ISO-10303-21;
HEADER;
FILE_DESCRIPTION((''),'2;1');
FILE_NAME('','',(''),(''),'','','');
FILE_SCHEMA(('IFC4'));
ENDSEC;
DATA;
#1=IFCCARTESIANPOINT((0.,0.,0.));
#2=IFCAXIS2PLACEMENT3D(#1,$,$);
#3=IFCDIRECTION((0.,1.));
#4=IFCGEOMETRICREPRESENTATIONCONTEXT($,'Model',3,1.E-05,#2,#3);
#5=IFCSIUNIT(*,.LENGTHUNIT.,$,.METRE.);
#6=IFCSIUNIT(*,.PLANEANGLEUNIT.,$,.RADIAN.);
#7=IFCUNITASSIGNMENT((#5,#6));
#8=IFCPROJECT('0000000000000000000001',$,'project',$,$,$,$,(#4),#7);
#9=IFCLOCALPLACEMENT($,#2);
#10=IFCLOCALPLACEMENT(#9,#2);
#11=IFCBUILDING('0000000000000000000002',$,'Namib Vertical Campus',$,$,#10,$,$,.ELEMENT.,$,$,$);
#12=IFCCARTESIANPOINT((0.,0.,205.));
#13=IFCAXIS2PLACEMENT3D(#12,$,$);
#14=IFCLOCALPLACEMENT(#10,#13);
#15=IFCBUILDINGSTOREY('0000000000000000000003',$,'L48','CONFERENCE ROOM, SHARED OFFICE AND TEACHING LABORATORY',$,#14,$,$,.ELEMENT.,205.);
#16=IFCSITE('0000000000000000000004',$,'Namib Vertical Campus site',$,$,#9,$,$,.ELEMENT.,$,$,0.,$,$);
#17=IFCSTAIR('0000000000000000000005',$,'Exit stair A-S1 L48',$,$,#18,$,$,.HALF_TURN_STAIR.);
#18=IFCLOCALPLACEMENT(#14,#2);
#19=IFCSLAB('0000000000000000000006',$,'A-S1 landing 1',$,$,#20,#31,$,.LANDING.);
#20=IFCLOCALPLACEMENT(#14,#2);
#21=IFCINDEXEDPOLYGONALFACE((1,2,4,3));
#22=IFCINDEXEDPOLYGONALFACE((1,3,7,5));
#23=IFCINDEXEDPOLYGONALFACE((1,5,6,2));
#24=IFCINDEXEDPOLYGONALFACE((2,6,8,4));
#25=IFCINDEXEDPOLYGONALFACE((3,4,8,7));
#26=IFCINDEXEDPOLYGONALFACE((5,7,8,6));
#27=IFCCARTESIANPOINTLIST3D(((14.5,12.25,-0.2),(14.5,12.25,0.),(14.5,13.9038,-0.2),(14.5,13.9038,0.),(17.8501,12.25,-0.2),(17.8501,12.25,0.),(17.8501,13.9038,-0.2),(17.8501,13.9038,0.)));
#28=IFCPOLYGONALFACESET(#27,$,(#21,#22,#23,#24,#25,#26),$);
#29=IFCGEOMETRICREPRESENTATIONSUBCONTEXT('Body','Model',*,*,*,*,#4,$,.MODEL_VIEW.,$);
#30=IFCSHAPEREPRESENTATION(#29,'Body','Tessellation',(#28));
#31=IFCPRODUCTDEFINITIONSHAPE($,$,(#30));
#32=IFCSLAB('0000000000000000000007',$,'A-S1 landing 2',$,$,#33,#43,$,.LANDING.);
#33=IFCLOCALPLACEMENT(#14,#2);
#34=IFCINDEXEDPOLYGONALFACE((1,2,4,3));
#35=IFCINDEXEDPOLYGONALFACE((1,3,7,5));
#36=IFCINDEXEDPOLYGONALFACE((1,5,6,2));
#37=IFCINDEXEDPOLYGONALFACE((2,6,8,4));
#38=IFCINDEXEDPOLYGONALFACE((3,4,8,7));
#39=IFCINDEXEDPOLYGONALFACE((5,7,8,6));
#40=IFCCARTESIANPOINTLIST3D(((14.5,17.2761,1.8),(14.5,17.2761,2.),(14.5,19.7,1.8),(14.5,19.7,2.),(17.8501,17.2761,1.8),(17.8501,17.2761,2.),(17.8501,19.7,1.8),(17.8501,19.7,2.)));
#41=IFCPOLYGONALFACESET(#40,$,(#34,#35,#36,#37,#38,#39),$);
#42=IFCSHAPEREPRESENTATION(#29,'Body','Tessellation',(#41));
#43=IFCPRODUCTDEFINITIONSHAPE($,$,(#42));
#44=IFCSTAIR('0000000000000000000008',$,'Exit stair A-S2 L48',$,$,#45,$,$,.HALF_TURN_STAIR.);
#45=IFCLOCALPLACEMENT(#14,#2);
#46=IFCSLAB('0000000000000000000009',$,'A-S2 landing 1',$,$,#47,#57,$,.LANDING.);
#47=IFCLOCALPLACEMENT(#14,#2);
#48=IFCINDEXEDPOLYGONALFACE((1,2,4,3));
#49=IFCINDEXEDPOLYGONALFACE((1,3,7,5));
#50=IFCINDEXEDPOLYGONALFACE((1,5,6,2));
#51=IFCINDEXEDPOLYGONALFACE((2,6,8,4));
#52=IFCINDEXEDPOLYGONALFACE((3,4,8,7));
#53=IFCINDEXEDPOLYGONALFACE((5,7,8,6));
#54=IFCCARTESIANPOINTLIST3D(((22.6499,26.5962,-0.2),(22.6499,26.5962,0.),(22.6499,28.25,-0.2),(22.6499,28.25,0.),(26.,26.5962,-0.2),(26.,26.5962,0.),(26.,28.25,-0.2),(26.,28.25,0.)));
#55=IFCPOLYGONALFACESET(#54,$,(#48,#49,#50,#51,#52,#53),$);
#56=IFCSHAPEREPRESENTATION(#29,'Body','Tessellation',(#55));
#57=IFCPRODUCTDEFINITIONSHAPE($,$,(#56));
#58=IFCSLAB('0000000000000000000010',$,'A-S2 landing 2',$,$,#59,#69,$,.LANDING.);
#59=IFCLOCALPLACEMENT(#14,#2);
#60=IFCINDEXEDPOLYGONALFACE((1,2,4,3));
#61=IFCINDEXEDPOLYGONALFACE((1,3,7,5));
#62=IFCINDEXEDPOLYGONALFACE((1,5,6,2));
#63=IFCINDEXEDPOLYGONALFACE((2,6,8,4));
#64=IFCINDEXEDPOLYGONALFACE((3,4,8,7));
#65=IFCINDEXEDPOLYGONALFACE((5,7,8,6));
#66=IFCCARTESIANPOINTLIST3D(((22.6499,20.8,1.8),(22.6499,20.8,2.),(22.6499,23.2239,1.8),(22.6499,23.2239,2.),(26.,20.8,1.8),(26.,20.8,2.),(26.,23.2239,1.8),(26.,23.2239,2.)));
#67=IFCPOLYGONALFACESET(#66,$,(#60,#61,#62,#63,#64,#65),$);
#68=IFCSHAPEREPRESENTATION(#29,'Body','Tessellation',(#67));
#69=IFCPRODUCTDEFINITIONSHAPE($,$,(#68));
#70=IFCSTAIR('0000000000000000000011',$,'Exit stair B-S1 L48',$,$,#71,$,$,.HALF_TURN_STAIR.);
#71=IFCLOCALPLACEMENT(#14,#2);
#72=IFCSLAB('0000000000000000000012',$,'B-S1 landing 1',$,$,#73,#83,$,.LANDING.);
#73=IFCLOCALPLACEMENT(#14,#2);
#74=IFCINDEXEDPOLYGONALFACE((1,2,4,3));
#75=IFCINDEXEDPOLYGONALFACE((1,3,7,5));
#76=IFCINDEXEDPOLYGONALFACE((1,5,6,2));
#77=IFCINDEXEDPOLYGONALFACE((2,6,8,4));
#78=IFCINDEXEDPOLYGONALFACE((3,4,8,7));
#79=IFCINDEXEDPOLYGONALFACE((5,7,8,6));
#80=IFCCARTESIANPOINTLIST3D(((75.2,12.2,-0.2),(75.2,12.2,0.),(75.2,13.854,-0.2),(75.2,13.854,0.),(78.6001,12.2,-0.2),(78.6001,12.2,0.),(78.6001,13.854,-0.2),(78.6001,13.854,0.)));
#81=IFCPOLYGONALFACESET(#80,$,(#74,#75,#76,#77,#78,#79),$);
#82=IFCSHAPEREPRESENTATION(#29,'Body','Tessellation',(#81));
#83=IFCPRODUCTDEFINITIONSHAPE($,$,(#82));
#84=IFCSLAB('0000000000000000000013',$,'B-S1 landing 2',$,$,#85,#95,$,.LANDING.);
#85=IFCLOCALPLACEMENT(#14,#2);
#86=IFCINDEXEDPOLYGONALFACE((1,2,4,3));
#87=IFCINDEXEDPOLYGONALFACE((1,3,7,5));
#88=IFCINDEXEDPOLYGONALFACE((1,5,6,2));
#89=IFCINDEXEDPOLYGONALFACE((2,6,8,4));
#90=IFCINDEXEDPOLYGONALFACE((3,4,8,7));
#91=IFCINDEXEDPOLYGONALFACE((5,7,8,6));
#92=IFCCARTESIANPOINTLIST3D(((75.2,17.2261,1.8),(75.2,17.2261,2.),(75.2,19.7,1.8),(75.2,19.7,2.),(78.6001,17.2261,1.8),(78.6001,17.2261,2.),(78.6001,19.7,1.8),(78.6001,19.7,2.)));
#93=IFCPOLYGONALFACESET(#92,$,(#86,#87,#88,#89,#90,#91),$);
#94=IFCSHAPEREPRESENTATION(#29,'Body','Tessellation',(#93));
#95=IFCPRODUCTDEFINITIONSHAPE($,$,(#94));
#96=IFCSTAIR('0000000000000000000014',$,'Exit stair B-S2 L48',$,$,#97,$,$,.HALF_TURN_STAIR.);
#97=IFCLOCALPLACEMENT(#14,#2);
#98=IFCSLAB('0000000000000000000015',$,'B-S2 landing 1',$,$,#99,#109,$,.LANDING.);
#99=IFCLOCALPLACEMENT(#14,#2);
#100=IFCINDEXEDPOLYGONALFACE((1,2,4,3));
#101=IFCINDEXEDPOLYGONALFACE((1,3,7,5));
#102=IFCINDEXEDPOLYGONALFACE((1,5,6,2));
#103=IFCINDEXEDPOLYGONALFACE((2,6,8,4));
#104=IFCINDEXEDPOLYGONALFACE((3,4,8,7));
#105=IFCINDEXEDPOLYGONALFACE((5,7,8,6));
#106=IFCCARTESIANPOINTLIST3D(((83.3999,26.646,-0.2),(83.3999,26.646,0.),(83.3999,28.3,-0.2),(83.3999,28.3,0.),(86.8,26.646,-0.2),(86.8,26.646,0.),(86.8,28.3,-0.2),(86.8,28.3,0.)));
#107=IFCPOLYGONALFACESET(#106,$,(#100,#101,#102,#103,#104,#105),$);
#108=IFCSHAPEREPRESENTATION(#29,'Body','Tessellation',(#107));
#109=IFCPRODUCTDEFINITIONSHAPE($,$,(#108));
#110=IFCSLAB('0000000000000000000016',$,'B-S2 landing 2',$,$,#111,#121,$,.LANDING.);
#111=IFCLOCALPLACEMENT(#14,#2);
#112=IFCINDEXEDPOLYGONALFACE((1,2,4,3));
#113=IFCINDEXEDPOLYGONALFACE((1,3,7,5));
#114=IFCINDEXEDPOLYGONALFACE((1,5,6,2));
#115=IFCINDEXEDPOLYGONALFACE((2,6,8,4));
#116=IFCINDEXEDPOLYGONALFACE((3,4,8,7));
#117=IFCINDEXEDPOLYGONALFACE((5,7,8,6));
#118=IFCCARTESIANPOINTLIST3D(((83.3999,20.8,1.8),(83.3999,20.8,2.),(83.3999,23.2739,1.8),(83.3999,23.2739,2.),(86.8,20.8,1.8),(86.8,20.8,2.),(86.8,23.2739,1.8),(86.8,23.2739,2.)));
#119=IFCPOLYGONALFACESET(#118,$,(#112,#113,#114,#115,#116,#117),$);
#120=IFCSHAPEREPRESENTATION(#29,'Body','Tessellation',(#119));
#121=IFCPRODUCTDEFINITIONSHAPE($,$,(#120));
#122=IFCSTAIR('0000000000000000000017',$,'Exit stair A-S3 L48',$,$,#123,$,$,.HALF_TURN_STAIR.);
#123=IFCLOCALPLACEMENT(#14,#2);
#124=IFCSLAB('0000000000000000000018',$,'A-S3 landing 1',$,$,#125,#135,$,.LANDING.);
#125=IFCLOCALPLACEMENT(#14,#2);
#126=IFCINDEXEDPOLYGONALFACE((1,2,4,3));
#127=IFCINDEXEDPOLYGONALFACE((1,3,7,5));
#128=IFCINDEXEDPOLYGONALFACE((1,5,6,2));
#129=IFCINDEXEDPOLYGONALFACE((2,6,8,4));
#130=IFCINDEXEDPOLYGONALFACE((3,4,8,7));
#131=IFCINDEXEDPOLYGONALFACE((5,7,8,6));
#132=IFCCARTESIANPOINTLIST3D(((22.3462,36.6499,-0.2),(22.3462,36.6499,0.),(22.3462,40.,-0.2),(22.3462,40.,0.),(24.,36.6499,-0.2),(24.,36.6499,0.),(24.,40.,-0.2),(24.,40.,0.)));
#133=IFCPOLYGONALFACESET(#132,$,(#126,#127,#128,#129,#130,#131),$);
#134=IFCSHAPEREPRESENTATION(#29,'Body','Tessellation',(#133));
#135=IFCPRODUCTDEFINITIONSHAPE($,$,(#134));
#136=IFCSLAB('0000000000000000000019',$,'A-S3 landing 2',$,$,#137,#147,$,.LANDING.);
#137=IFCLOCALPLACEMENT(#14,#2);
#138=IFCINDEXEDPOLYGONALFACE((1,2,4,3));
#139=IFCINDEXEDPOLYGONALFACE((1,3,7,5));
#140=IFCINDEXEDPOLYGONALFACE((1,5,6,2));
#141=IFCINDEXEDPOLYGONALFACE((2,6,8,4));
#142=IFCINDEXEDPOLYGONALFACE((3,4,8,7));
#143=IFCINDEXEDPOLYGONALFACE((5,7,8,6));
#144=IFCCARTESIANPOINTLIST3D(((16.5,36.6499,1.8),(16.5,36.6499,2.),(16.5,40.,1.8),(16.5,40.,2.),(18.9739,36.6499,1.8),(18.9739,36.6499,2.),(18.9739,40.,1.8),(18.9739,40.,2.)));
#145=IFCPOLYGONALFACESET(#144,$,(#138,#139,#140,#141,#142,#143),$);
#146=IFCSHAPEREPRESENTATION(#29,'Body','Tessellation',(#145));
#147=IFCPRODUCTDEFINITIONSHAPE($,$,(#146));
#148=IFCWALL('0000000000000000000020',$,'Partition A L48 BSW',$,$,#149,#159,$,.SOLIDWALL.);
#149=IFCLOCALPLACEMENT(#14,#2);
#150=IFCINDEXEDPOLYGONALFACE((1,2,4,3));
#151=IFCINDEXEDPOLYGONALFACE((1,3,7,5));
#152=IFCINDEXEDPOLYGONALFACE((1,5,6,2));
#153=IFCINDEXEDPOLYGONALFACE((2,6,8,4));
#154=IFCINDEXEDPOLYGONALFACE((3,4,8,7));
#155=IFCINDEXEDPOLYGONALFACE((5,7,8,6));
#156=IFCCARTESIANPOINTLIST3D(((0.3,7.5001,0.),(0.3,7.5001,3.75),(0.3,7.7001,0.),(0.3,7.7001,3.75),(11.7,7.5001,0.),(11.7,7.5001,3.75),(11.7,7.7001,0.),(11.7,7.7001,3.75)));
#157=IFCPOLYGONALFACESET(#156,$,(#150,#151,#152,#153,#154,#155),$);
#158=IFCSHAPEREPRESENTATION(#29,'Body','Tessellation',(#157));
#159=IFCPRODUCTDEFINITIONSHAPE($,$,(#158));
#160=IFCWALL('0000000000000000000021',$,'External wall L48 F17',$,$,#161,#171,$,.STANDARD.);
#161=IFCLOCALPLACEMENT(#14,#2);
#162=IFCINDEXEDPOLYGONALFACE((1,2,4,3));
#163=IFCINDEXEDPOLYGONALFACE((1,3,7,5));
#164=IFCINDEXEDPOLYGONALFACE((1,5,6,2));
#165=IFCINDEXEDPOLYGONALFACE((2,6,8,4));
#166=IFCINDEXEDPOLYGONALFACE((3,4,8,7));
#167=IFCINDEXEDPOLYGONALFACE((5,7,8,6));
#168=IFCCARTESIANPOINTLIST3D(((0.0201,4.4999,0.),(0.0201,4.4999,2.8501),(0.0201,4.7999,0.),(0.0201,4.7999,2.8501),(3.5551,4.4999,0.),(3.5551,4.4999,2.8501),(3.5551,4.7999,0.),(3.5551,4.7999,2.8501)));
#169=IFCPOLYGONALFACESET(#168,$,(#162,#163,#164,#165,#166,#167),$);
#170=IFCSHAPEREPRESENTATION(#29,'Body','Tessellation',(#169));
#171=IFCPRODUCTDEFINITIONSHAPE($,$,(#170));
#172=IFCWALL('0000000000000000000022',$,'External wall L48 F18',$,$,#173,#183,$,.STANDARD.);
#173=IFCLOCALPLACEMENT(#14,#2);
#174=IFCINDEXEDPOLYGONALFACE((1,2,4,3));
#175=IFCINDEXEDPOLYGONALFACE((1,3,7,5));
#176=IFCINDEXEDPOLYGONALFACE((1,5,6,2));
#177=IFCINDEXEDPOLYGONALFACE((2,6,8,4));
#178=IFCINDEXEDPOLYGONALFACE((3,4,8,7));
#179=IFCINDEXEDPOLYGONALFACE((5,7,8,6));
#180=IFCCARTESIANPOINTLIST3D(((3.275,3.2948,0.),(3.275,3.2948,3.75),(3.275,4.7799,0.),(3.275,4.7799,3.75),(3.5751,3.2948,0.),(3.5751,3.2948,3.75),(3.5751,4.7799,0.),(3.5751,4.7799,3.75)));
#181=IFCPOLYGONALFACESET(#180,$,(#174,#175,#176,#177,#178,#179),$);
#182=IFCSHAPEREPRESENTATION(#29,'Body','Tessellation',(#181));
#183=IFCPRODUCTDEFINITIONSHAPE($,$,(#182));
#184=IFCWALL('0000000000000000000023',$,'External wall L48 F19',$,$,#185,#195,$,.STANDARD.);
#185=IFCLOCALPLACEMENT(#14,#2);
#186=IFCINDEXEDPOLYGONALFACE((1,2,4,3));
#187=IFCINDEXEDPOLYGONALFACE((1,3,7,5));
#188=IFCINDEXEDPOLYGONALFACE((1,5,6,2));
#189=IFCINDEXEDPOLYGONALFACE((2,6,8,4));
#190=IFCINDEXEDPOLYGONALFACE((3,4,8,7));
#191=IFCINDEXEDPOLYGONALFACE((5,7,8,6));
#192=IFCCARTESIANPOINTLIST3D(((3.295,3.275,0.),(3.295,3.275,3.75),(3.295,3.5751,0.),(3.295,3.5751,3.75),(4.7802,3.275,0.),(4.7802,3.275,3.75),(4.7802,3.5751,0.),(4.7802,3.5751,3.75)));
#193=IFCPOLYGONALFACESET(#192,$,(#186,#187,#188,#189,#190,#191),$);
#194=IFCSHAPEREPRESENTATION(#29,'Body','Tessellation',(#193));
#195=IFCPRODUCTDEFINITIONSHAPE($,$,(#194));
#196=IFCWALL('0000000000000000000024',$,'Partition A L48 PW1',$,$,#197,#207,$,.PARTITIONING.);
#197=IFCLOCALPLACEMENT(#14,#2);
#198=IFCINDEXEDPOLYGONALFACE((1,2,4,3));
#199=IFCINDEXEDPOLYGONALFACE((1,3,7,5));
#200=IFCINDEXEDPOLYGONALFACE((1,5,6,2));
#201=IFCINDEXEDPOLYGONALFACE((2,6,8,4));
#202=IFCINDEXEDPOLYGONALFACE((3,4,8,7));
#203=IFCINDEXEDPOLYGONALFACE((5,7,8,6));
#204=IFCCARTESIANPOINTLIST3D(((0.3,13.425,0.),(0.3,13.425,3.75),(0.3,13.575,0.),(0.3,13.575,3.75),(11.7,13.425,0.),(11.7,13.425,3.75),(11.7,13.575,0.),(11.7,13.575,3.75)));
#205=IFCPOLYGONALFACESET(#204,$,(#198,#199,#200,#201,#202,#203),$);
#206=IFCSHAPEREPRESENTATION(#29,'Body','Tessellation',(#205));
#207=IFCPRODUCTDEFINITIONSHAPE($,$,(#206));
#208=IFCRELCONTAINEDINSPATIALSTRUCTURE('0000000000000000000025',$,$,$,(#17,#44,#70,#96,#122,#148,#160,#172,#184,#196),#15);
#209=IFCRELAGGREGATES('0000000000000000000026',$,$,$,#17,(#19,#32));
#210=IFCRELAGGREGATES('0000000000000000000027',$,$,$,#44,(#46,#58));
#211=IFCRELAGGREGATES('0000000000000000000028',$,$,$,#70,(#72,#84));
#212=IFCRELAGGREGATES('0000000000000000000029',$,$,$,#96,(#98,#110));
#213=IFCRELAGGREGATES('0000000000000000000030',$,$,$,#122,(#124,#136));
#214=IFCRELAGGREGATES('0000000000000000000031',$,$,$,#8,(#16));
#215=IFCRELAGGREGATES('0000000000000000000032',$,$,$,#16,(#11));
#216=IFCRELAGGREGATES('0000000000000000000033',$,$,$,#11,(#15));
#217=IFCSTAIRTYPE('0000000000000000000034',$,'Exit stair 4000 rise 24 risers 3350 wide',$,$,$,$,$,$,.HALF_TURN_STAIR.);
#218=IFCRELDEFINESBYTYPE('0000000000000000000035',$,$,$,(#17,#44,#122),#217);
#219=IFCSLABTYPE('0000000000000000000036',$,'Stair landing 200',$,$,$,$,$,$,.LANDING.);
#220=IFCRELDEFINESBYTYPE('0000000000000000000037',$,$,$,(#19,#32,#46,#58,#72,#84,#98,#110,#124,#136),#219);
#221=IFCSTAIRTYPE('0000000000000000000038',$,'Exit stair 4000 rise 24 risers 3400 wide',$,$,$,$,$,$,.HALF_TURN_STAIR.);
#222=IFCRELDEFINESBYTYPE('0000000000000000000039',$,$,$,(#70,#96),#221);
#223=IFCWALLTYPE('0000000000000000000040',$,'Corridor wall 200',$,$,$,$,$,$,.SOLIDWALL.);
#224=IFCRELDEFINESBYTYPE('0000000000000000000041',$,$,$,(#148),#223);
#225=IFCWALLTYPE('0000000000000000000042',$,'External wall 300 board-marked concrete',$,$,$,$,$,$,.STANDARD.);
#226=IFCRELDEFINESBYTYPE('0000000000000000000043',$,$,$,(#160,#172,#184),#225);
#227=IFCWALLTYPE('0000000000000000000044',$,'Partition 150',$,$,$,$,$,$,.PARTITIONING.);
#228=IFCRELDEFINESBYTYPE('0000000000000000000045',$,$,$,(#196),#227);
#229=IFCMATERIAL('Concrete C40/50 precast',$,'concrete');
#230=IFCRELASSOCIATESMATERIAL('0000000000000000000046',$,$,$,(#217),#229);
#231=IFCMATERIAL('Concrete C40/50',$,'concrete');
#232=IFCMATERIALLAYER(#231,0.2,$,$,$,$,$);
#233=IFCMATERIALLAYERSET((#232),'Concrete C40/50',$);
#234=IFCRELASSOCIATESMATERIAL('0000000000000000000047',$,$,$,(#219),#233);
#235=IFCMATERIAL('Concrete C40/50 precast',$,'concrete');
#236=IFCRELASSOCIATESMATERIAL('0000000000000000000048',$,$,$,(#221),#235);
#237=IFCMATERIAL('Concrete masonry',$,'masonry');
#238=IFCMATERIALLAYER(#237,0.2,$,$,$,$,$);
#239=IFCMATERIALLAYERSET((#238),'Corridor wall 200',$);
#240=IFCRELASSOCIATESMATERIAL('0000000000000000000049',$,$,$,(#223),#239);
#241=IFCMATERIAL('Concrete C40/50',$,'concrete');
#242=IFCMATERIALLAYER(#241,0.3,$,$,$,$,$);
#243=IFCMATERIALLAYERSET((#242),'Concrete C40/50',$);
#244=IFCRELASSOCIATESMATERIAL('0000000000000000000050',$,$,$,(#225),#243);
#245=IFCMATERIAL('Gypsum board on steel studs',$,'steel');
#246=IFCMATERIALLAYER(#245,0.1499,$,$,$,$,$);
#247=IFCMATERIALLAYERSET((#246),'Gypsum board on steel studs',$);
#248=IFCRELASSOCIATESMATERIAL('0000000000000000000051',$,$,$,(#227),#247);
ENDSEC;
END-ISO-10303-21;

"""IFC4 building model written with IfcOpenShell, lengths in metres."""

from ifc_helpers import new_model, si_unit, direction, frame, frame_2d, origin, place, context, subcontext, project, spatial, polyline, rectangle, outline, extrude, material, layer, layer_set, type_object, element, aggregate, save


model = new_model("IFC4")

# Units and contexts
model_context = context("Model", 3, precision=1e-05, world=origin(), true_north=direction((0.0, 1.0)))
body_context = subcontext(model_context, "Body", "Model", "MODEL_VIEW")
ifc_project = project(units=[si_unit("LENGTHUNIT", "METRE"), si_unit("PLANEANGLEUNIT", "RADIAN")], contexts=[model_context])

# Site, building, storey
site_placement = place(None, origin())
site = spatial("IfcSite", under=ifc_project, at=site_placement, Name="Namib Vertical Campus site", CompositionType="ELEMENT", RefElevation=0.0)
building_placement = place(site_placement, origin())
building = spatial("IfcBuilding", under=site, at=building_placement, Name="Namib Vertical Campus", CompositionType="ELEMENT")
storey_placement = place(building_placement, frame((0.0, 0.0, 205.0)))
storey = spatial("IfcBuildingStorey", under=building, at=storey_placement, Name="L48", Description="CONFERENCE ROOM, SHARED OFFICE AND TEACHING LABORATORY", CompositionType="ELEMENT", Elevation=205.0)

# Stairs, slabs
ifc_material_1 = material(Name="Concrete C40/50 precast", Category="concrete")
stair_type_1 = type_object("IfcStairType", Name="Exit stair 4000 rise 24 risers 3350 wide", PredefinedType="HALF_TURN_STAIR", material=ifc_material_1)
stair_1_placement = place(storey_placement, origin())
stair_1 = element("IfcStair", 1, at=stair_1_placement, inside=storey, type_object=stair_type_1, Name="Exit stair A-S1 L48", PredefinedType="HALF_TURN_STAIR")
ifc_material_2 = material(Name="Concrete C40/50", Category="concrete")
ifc_layer_1 = layer(ifc_material_2, 0.2)
ifc_layer_set_1 = layer_set([ifc_layer_1], Name="Concrete C40/50")
slab_type_1 = type_object("IfcSlabType", Name="Stair landing 200", PredefinedType="LANDING", material=ifc_layer_set_1)
slab_1_placement = place(storey_placement, frame((0.0, 0.0, -0.2)))
slab_1 = element("IfcSlab", 2, at=slab_1_placement, type_object=slab_type_1, Name="A-S1 landing 1", PredefinedType="LANDING", context=body_context, shape_type="SweptSolid", body=[
    extrude(outline(polyline([(14.5, 12.25), (17.8501, 12.25), (17.8501, 13.9038), (14.5, 13.9038), (14.5, 12.25)])), origin(), (0.0, 0.0, 1.0), 0.2),
])
slab_2_placement = place(storey_placement, frame((0.0, 0.0, 1.8)))
slab_2 = element("IfcSlab", 3, at=slab_2_placement, type_object=slab_type_1, Name="A-S1 landing 2", PredefinedType="LANDING", context=body_context, shape_type="SweptSolid", body=[
    extrude(outline(polyline([(14.5, 17.2761), (17.8501, 17.2761), (17.8501, 19.7), (14.5, 19.7), (14.5, 17.2761)])), origin(), (0.0, 0.0, 1.0), 0.2),
])
aggregate(stair_1, [slab_1, slab_2])
stair_2_placement = place(storey_placement, origin())
stair_2 = element("IfcStair", 4, at=stair_2_placement, inside=storey, type_object=stair_type_1, Name="Exit stair A-S2 L48", PredefinedType="HALF_TURN_STAIR")
slab_3_placement = place(storey_placement, frame((0.0, 0.0, -0.2)))
slab_3 = element("IfcSlab", 5, at=slab_3_placement, type_object=slab_type_1, Name="A-S2 landing 1", PredefinedType="LANDING", context=body_context, shape_type="SweptSolid", body=[
    extrude(outline(polyline([(22.6499, 26.5962), (26.0, 26.5962), (26.0, 28.25), (22.6499, 28.25), (22.6499, 26.5962)])), origin(), (0.0, 0.0, 1.0), 0.2),
])
slab_4_placement = place(storey_placement, frame((0.0, 0.0, 1.8)))
slab_4 = element("IfcSlab", 6, at=slab_4_placement, type_object=slab_type_1, Name="A-S2 landing 2", PredefinedType="LANDING", context=body_context, shape_type="SweptSolid", body=[
    extrude(outline(polyline([(22.6499, 20.8), (26.0, 20.8), (26.0, 23.2239), (22.6499, 23.2239), (22.6499, 20.8)])), origin(), (0.0, 0.0, 1.0), 0.2),
])
aggregate(stair_2, [slab_3, slab_4])
ifc_material_3 = material(Name="Concrete C40/50 precast", Category="concrete")
stair_type_2 = type_object("IfcStairType", Name="Exit stair 4000 rise 24 risers 3400 wide", PredefinedType="HALF_TURN_STAIR", material=ifc_material_3)
stair_3_placement = place(storey_placement, origin())
stair_3 = element("IfcStair", 7, at=stair_3_placement, inside=storey, type_object=stair_type_2, Name="Exit stair B-S1 L48", PredefinedType="HALF_TURN_STAIR")
slab_5_placement = place(storey_placement, frame((0.0, 0.0, -0.2)))
slab_5 = element("IfcSlab", 8, at=slab_5_placement, type_object=slab_type_1, Name="B-S1 landing 1", PredefinedType="LANDING", context=body_context, shape_type="SweptSolid", body=[
    extrude(outline(polyline([(75.2, 12.2), (78.6001, 12.2), (78.6001, 13.854), (75.2, 13.854), (75.2, 12.2)])), origin(), (0.0, 0.0, 1.0), 0.2),
])
slab_6_placement = place(storey_placement, frame((0.0, 0.0, 1.8)))
slab_6 = element("IfcSlab", 9, at=slab_6_placement, type_object=slab_type_1, Name="B-S1 landing 2", PredefinedType="LANDING", context=body_context, shape_type="SweptSolid", body=[
    extrude(outline(polyline([(75.2, 17.2261), (78.6001, 17.2261), (78.6001, 19.7), (75.2, 19.7), (75.2, 17.2261)])), origin(), (0.0, 0.0, 1.0), 0.2),
])
aggregate(stair_3, [slab_5, slab_6])
stair_4_placement = place(storey_placement, origin())
stair_4 = element("IfcStair", 10, at=stair_4_placement, inside=storey, type_object=stair_type_2, Name="Exit stair B-S2 L48", PredefinedType="HALF_TURN_STAIR")
slab_7_placement = place(storey_placement, frame((0.0, 0.0, -0.2)))
slab_7 = element("IfcSlab", 11, at=slab_7_placement, type_object=slab_type_1, Name="B-S2 landing 1", PredefinedType="LANDING", context=body_context, shape_type="SweptSolid", body=[
    extrude(outline(polyline([(83.3999, 26.646), (86.8, 26.646), (86.8, 28.3), (83.3999, 28.3), (83.3999, 26.646)])), origin(), (0.0, 0.0, 1.0), 0.2),
])
slab_8_placement = place(storey_placement, frame((0.0, 0.0, 1.8)))
slab_8 = element("IfcSlab", 12, at=slab_8_placement, type_object=slab_type_1, Name="B-S2 landing 2", PredefinedType="LANDING", context=body_context, shape_type="SweptSolid", body=[
    extrude(outline(polyline([(83.3999, 20.8), (86.8, 20.8), (86.8, 23.2739), (83.3999, 23.2739), (83.3999, 20.8)])), origin(), (0.0, 0.0, 1.0), 0.2),
])
aggregate(stair_4, [slab_7, slab_8])
stair_5_placement = place(storey_placement, origin())
stair_5 = element("IfcStair", 13, at=stair_5_placement, inside=storey, type_object=stair_type_1, Name="Exit stair A-S3 L48", PredefinedType="HALF_TURN_STAIR")
slab_9_placement = place(storey_placement, frame((0.0, 0.0, -0.2)))
slab_9 = element("IfcSlab", 14, at=slab_9_placement, type_object=slab_type_1, Name="A-S3 landing 1", PredefinedType="LANDING", context=body_context, shape_type="SweptSolid", body=[
    extrude(outline(polyline([(22.3462, 36.6499), (22.3462, 40.0), (24.0, 40.0), (24.0, 36.6499), (22.3462, 36.6499)])), origin(), (0.0, 0.0, 1.0), 0.2),
])
slab_10_placement = place(storey_placement, frame((0.0, 0.0, 1.8)))
slab_10 = element("IfcSlab", 15, at=slab_10_placement, type_object=slab_type_1, Name="A-S3 landing 2", PredefinedType="LANDING", context=body_context, shape_type="SweptSolid", body=[
    extrude(outline(polyline([(16.5, 36.6499), (16.5, 40.0), (18.9739, 40.0), (18.9739, 36.6499), (16.5, 36.6499)])), origin(), (0.0, 0.0, 1.0), 0.2),
])
aggregate(stair_5, [slab_9, slab_10])

# Walls
ifc_material_4 = material(Name="Concrete masonry", Category="masonry")
ifc_layer_2 = layer(ifc_material_4, 0.2)
ifc_layer_set_2 = layer_set([ifc_layer_2], Name="Corridor wall 200")
wall_type_1 = type_object("IfcWallType", Name="Corridor wall 200", PredefinedType="SOLIDWALL", material=ifc_layer_set_2)
wall_1_placement = place(storey_placement, frame((0.3, 7.6001, 0.0), z_axis=(0.0, 0.0, 1.0), x_axis=(1.0, 0.0, 0.0)))
element("IfcWall", 16, at=wall_1_placement, inside=storey, type_object=wall_type_1, Name="Partition A L48 BSW", PredefinedType="SOLIDWALL", context=body_context, shape_type="SweptSolid", body=[
    extrude(rectangle(XDim=11.3999, YDim=0.2, at=frame_2d((5.7, 0.0))), origin(), (0.0, 0.0, 1.0), 3.75),
])
ifc_material_5 = material(Name="Concrete C40/50", Category="concrete")
ifc_layer_3 = layer(ifc_material_5, 0.3)
ifc_layer_set_3 = layer_set([ifc_layer_3], Name="Concrete C40/50")
wall_type_2 = type_object("IfcWallType", Name="External wall 300 board-marked concrete", PredefinedType="STANDARD", material=ifc_layer_set_3)
wall_2_placement = place(storey_placement, frame((0.02, 4.6499, 0.0), z_axis=(0.0, 0.0, 1.0), x_axis=(1.0, 0.0, 0.0)))
element("IfcWall", 17, at=wall_2_placement, inside=storey, type_object=wall_type_2, Name="External wall L48 F17", PredefinedType="STANDARD", context=body_context, shape_type="SweptSolid", body=[
    extrude(rectangle(XDim=3.5349, YDim=0.3, at=frame_2d((1.7676, 0.0))), origin(), (0.0, 0.0, 1.0), 2.8501),
])
for number, where, z_axis, x_axis, name in (
    (18, (3.425, 4.78, 0.0), (0.0, 0.0, 1.0), (0.0, -1.0, 0.0), "External wall L48 F18"),
    (19, (3.2949, 3.425, 0.0), (0.0, 0.0, 1.0), (1.0, 0.0, 0.0), "External wall L48 F19"),
):
    element("IfcWall", number, at=place(storey_placement, frame(where, z_axis=z_axis, x_axis=x_axis)), inside=storey, type_object=wall_type_2, Name=name, PredefinedType="STANDARD", context=body_context, shape_type="SweptSolid", body=[
        extrude(rectangle(XDim=1.4851, YDim=0.3, at=frame_2d((0.7427, 0.0))), origin(), (0.0, 0.0, 1.0), 3.75),
    ])
ifc_material_6 = material(Name="Gypsum board on steel studs", Category="steel")
ifc_layer_4 = layer(ifc_material_6, 0.1499)
ifc_layer_set_4 = layer_set([ifc_layer_4], Name="Gypsum board on steel studs")
wall_type_3 = type_object("IfcWallType", Name="Partition 150", PredefinedType="PARTITIONING", material=ifc_layer_set_4)
wall_3_placement = place(storey_placement, frame((0.3, 13.5, 0.0), z_axis=(0.0, 0.0, 1.0), x_axis=(1.0, 0.0, 0.0)))
element("IfcWall", 20, at=wall_3_placement, inside=storey, type_object=wall_type_3, Name="Partition A L48 PW1", PredefinedType="PARTITIONING", context=body_context, shape_type="SweptSolid", body=[
    extrude(rectangle(XDim=11.3999, YDim=0.1499, at=frame_2d((5.7, 0.0))), origin(), (0.0, 0.0, 1.0), 3.75),
])

save(model, "model.ifc")
